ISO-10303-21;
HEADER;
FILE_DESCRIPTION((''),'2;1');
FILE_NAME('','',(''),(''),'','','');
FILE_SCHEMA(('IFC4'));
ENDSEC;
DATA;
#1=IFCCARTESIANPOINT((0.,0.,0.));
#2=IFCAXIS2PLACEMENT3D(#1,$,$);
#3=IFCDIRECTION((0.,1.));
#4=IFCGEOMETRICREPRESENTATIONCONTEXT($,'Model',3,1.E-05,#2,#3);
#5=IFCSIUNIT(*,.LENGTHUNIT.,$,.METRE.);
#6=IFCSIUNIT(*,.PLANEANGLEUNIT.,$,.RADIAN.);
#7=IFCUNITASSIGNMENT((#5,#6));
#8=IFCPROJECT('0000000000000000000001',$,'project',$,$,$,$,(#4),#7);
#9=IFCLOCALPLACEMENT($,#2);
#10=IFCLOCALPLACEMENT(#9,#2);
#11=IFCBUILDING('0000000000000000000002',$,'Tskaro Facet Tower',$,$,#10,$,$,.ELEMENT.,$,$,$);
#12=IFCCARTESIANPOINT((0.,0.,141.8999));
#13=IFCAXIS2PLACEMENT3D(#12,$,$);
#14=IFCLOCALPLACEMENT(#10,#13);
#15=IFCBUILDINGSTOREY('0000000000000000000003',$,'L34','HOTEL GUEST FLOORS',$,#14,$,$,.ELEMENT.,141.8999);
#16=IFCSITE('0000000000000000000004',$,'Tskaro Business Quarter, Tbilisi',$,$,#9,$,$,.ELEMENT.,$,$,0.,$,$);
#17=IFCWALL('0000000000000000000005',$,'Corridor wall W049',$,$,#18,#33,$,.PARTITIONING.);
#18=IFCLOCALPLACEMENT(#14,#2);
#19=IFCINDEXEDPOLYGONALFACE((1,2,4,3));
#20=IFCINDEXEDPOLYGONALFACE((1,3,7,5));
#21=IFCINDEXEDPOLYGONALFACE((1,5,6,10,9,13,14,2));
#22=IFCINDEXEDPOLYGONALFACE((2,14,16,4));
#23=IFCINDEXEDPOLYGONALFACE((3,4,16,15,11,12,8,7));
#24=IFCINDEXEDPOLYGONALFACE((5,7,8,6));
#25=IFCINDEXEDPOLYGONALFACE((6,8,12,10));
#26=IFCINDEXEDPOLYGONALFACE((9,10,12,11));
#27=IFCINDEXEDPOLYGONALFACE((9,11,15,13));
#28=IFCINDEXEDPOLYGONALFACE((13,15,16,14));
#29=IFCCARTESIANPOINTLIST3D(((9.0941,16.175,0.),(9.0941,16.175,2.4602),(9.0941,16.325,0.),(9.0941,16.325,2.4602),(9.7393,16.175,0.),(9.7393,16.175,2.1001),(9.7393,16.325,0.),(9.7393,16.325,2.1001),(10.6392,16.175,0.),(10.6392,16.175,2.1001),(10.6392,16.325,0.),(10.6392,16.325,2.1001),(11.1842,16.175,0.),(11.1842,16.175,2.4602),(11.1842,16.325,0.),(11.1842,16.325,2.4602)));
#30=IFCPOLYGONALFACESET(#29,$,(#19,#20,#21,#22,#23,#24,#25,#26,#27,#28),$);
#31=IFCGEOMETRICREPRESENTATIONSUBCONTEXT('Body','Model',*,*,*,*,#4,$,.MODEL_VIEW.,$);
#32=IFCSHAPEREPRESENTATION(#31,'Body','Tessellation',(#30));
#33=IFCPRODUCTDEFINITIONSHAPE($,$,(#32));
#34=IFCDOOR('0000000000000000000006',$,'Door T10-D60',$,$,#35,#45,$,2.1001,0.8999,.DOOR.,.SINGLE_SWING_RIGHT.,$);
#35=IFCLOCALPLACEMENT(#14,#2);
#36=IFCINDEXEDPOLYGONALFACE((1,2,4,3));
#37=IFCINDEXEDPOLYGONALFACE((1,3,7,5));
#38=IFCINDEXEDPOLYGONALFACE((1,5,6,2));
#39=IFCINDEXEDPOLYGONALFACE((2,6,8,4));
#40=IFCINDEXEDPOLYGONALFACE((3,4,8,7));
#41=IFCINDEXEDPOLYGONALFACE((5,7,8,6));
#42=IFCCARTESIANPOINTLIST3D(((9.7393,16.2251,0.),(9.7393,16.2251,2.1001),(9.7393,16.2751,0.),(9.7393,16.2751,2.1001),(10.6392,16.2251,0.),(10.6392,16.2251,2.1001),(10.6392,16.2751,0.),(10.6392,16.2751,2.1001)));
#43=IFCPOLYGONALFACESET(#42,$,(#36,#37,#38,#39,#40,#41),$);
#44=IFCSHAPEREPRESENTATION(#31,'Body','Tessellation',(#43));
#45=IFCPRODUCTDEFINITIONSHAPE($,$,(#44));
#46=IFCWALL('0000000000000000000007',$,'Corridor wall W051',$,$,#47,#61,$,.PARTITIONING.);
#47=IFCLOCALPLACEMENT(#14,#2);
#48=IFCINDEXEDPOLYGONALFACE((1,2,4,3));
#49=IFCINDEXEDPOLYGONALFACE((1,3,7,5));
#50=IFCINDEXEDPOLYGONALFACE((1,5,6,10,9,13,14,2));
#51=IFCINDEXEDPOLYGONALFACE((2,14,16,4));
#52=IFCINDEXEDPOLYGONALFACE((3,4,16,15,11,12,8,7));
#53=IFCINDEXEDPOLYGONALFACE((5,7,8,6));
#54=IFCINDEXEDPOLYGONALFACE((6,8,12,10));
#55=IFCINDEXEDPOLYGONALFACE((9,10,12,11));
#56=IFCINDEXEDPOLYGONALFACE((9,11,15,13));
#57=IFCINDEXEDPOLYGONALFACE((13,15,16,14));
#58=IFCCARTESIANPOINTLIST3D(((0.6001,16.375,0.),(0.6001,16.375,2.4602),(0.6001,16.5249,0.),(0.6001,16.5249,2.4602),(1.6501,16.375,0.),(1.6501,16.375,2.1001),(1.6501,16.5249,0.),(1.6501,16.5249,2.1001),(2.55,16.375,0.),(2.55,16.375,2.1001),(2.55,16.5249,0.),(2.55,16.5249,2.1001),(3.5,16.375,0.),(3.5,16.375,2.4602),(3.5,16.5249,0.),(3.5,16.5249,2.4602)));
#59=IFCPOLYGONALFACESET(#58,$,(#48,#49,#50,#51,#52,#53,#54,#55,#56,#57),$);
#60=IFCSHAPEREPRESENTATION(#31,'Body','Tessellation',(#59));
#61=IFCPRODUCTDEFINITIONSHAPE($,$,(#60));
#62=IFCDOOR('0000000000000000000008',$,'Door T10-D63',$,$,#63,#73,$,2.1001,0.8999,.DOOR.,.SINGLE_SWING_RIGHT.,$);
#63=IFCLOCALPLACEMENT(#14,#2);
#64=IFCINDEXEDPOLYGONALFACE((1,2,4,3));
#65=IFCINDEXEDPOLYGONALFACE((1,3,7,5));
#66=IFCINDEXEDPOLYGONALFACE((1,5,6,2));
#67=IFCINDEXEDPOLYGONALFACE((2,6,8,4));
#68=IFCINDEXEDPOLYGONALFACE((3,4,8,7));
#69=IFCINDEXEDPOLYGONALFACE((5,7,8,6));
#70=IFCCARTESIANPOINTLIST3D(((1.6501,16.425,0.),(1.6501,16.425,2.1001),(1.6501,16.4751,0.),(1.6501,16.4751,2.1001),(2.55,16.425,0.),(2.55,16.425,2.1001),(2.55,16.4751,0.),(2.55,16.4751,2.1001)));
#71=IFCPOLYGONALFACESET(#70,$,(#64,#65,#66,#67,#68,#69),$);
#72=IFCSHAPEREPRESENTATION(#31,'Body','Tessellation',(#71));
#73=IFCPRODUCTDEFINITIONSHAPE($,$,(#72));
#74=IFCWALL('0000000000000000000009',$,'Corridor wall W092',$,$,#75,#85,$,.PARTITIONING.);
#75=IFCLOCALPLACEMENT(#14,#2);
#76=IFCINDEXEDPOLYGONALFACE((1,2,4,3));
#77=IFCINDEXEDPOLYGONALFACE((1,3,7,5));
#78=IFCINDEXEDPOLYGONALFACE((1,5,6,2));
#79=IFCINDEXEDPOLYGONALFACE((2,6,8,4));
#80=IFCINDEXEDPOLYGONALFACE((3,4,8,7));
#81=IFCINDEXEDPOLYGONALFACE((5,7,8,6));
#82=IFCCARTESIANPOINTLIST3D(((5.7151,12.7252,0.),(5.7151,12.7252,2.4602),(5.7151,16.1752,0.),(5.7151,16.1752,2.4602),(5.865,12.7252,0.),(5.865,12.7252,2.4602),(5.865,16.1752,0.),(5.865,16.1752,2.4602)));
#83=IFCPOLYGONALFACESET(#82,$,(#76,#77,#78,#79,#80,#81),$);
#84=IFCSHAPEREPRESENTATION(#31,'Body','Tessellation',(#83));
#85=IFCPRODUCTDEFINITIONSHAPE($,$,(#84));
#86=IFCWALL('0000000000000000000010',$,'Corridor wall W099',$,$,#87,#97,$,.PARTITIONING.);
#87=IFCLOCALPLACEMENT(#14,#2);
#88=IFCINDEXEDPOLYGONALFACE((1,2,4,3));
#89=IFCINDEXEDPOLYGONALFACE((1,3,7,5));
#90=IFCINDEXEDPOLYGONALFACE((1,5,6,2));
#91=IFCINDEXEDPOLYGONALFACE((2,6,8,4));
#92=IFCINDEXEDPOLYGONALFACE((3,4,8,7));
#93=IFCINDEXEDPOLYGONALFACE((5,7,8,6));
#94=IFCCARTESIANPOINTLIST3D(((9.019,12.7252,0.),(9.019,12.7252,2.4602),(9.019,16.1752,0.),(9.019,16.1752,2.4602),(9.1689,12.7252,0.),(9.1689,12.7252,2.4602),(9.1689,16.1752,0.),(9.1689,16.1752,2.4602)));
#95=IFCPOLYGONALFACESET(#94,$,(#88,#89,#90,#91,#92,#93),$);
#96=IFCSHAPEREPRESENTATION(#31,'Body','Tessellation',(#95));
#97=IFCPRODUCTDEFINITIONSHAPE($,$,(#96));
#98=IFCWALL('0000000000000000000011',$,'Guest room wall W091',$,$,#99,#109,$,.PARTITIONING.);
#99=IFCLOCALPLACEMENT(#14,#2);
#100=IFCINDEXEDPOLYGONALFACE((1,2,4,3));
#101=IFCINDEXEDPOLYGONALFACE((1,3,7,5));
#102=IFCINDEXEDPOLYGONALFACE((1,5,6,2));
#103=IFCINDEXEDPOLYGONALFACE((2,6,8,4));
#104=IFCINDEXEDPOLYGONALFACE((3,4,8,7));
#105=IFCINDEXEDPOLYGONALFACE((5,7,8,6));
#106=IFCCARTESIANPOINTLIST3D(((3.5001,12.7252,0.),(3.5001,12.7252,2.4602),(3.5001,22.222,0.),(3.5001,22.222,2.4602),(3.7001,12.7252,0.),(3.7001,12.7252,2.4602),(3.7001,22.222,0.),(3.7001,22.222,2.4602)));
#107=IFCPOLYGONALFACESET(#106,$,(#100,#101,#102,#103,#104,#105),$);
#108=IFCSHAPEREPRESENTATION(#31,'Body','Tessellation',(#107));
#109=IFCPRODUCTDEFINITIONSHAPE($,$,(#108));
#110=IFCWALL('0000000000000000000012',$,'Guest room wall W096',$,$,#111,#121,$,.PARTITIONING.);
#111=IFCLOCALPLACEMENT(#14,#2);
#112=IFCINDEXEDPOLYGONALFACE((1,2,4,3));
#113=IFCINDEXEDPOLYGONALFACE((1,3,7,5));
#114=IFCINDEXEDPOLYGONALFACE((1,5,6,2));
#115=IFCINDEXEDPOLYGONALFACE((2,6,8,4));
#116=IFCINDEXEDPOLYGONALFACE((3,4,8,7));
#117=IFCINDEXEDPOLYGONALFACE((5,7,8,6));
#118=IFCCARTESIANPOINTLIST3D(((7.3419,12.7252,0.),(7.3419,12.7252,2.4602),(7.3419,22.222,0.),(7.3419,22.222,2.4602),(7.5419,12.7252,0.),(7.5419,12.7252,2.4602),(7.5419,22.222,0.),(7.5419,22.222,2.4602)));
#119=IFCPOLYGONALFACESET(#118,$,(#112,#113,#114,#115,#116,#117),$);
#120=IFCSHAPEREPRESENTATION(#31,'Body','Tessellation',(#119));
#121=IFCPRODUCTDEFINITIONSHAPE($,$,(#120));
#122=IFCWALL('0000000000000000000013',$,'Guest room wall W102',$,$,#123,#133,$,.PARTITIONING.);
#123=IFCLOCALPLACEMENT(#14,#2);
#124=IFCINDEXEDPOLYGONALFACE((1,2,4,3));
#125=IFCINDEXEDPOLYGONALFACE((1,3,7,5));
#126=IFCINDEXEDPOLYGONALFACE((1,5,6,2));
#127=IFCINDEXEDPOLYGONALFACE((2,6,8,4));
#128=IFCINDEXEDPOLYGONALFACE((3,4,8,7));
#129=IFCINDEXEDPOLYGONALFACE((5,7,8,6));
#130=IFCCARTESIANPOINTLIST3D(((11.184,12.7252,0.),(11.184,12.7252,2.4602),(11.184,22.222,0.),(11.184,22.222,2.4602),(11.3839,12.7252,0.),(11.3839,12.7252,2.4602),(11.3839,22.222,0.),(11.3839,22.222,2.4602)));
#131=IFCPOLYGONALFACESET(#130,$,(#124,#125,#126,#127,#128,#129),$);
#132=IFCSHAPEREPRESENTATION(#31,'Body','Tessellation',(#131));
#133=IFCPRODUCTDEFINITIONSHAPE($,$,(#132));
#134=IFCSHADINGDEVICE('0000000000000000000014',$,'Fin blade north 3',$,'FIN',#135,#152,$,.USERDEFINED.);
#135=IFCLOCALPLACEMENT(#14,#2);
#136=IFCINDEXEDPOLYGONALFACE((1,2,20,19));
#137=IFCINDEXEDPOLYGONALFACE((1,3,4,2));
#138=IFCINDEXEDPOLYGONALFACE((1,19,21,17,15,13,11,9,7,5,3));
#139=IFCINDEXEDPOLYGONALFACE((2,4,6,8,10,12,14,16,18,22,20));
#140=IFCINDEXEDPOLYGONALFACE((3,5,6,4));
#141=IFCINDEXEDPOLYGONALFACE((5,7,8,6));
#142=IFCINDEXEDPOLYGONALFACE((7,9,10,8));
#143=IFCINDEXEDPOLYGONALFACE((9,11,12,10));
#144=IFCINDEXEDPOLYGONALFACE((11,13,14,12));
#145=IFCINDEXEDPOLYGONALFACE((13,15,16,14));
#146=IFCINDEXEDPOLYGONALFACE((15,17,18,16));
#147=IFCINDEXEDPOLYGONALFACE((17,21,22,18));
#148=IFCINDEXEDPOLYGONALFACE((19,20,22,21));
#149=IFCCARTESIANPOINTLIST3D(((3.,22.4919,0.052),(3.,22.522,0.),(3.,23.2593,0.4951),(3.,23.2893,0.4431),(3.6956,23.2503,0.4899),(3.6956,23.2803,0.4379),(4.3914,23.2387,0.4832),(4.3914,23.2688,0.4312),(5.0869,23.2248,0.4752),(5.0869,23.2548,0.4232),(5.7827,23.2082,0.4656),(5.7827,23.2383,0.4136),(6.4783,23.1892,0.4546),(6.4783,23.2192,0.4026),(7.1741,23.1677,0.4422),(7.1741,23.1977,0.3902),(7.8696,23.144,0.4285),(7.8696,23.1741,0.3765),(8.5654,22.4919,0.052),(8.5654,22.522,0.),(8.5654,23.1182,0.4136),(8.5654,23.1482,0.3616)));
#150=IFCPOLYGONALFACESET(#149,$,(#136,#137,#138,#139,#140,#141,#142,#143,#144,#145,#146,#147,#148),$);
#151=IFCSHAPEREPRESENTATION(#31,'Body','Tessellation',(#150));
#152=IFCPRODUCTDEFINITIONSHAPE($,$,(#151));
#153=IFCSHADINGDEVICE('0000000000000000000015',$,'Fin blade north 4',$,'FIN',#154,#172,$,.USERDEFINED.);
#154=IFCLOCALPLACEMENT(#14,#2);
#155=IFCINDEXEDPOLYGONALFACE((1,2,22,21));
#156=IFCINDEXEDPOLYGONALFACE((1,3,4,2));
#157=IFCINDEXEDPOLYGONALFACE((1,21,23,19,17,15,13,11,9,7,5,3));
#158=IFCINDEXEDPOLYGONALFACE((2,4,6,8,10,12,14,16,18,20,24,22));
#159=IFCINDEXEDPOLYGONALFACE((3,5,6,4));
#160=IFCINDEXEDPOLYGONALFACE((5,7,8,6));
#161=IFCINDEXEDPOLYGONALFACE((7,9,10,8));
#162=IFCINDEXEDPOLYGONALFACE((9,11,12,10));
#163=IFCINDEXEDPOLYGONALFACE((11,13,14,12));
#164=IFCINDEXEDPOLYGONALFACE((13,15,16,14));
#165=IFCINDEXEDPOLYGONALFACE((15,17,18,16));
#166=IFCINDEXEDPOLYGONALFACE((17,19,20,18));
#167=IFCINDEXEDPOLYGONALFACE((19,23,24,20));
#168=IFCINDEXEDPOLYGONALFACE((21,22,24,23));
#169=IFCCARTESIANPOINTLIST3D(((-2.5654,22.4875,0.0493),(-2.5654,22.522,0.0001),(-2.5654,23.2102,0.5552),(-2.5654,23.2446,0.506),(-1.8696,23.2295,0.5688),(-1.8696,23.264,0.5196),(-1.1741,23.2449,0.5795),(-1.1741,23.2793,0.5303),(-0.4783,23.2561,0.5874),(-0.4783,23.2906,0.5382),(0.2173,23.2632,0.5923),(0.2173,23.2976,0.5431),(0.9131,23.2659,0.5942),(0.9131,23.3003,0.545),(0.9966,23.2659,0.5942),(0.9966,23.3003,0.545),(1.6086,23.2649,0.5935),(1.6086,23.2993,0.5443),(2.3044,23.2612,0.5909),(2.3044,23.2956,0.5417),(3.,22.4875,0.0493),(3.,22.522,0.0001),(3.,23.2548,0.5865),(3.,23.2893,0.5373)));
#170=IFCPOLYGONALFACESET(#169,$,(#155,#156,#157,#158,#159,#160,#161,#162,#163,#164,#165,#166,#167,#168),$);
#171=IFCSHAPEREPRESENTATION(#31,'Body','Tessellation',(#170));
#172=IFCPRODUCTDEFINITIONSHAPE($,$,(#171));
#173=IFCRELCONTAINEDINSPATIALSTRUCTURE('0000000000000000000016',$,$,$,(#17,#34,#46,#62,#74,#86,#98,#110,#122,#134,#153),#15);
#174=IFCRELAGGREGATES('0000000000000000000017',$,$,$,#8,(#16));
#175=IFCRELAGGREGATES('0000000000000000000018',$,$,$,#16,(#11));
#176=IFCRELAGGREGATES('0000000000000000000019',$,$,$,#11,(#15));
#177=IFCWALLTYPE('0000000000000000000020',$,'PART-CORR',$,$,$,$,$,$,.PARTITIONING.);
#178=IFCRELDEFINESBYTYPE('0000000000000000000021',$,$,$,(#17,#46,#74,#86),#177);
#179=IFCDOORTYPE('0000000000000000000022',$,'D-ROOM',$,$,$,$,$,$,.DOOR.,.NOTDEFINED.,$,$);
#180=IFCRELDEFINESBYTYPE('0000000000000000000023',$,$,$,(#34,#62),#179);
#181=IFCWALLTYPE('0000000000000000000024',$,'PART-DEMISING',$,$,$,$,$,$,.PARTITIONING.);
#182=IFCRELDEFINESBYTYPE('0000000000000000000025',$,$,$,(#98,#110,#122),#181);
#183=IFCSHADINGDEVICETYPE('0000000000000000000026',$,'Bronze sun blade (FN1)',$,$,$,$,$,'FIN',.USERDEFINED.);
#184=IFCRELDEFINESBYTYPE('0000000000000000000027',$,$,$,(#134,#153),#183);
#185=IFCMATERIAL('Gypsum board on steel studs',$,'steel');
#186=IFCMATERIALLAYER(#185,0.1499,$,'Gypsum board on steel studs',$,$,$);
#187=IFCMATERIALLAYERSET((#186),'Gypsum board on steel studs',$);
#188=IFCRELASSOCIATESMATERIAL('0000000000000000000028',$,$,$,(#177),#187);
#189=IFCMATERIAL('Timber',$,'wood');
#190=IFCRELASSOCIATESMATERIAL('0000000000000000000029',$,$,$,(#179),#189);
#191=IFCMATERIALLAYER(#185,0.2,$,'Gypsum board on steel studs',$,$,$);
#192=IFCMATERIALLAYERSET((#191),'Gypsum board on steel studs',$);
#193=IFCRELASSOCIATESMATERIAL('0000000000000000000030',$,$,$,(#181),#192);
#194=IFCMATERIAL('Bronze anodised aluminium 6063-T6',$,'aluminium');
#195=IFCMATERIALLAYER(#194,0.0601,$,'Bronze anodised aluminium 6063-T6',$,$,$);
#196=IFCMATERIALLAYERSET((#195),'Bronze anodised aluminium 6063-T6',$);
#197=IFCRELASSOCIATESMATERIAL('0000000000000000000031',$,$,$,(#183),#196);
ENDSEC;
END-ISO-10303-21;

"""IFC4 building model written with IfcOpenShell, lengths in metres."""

from ifc_helpers import new_model, si_unit, direction, frame, frame_2d, origin, place, context, subcontext, project, spatial, polyline, rectangle, outline, extrude, material, layer, layer_set, type_object, element, fill, save


model = new_model("IFC4")

# Units and contexts
model_context = context("Model", 3, precision=1e-05, world=origin(), true_north=direction((0.0, 1.0)))
body_context = subcontext(model_context, "Body", "Model", "MODEL_VIEW")
ifc_project = project(units=[si_unit("LENGTHUNIT", "METRE"), si_unit("PLANEANGLEUNIT", "RADIAN")], contexts=[model_context])

# Site, building, storey
site_placement = place(None, origin())
site = spatial("IfcSite", under=ifc_project, at=site_placement, Name="Tskaro Business Quarter, Tbilisi", CompositionType="ELEMENT", RefElevation=0.0)
building_placement = place(site_placement, origin())
building = spatial("IfcBuilding", under=site, at=building_placement, Name="Tskaro Facet Tower", CompositionType="ELEMENT")
storey_placement = place(building_placement, frame((0.0, 0.0, 141.8999)))
storey = spatial("IfcBuildingStorey", under=building, at=storey_placement, Name="L34", Description="HOTEL GUEST FLOORS", CompositionType="ELEMENT", Elevation=141.8999)

# Shared definitions
ifc_material_1 = material(Name="Bronze anodised aluminium 6063-T6", Category="aluminium")

# Walls, openings, doors
ifc_material_2 = material(Name="Gypsum board on steel studs", Category="steel")
ifc_layer_1 = layer(ifc_material_2, 0.1499, Name="Gypsum board on steel studs")
ifc_layer_set_1 = layer_set([ifc_layer_1], Name="Gypsum board on steel studs")
wall_type_1 = type_object("IfcWallType", Name="PART-CORR", PredefinedType="PARTITIONING", material=ifc_layer_set_1)
ifc_material_3 = material(Name="Timber", Category="wood")
door_type = type_object("IfcDoorType", Name="D-ROOM", OperationType="NOTDEFINED", PredefinedType="DOOR", material=ifc_material_3)
wall_1_placement = place(storey_placement, frame((11.1841, 16.25, 0.0), z_axis=(0.0, 0.0, 1.0), x_axis=(-1.0, 0.0, 0.0)))
wall_1 = element("IfcWall", 1, at=wall_1_placement, inside=storey, type_object=wall_type_1, Name="Corridor wall W049", PredefinedType="PARTITIONING", context=body_context, shape_type="SweptSolid", body=[
    extrude(rectangle(XDim=2.0901, YDim=0.1499, at=frame_2d((1.0449, 0.0))), origin(), (0.0, 0.0, 1.0), 2.4602),
])
opening_1_placement = place(wall_1_placement, frame((0.5449, 0.0, 0.0)))
opening_1 = element("IfcOpeningElement", 2, at=opening_1_placement, cuts=wall_1, PredefinedType="OPENING", context=body_context, shape_type="SweptSolid", body=[
    extrude(rectangle(XDim=0.8999, YDim=2.1001, at=frame_2d((0.45, 1.05))), frame((0.0, 0.085, 0.0), z_axis=(0.0, -1.0, 0.0), x_axis=(1.0, 0.0, 0.0)), (0.0, 0.0, 1.0), 0.1699),
])
door_1_placement = place(opening_1_placement, origin())
door_1 = element("IfcDoor", 3, at=door_1_placement, inside=storey, type_object=door_type, Name="Door T10-D60", OperationType="SINGLE_SWING_RIGHT", OverallHeight=2.1001, OverallWidth=0.8999, PredefinedType="DOOR", context=body_context, shape_type="SweptSolid", body=[
    extrude(rectangle(XDim=0.8999, YDim=2.1001, at=frame_2d((0.45, 1.05))), frame((0.0, 0.0249, 0.0), z_axis=(0.0, -1.0, 0.0), x_axis=(1.0, 0.0, 0.0)), (0.0, 0.0, 1.0), 0.05),
])
fill(opening_1, door_1)
wall_2_placement = place(storey_placement, frame((3.5, 16.45, 0.0), z_axis=(0.0, 0.0, 1.0), x_axis=(-1.0, 0.0, 0.0)))
wall_2 = element("IfcWall", 4, at=wall_2_placement, inside=storey, type_object=wall_type_1, Name="Corridor wall W051", PredefinedType="PARTITIONING", context=body_context, shape_type="SweptSolid", body=[
    extrude(rectangle(XDim=2.8999, YDim=0.1499, at=frame_2d((1.45, 0.0))), origin(), (0.0, 0.0, 1.0), 2.4602),
])
opening_2_placement = place(wall_2_placement, frame((0.95, 0.0, 0.0)))
opening_2 = element("IfcOpeningElement", 5, at=opening_2_placement, cuts=wall_2, PredefinedType="OPENING", context=body_context, shape_type="SweptSolid", body=[
    extrude(rectangle(XDim=0.8999, YDim=2.1001, at=frame_2d((0.45, 1.05))), frame((0.0, 0.085, 0.0), z_axis=(0.0, -1.0, 0.0), x_axis=(1.0, 0.0, 0.0)), (0.0, 0.0, 1.0), 0.1699),
])
door_2_placement = place(opening_2_placement, origin())
door_2 = element("IfcDoor", 6, at=door_2_placement, inside=storey, type_object=door_type, Name="Door T10-D63", OperationType="SINGLE_SWING_RIGHT", OverallHeight=2.1001, OverallWidth=0.8999, PredefinedType="DOOR", context=body_context, shape_type="SweptSolid", body=[
    extrude(rectangle(XDim=0.8999, YDim=2.1001, at=frame_2d((0.45, 1.05))), frame((0.0, 0.0249, 0.0), z_axis=(0.0, -1.0, 0.0), x_axis=(1.0, 0.0, 0.0)), (0.0, 0.0, 1.0), 0.05),
])
fill(opening_2, door_2)

# Walls
for number, where, z_axis, x_axis, name in (
    (7, (5.79, 12.7251, 0.0), (0.0, 0.0, 1.0), (0.0, 1.0, 0.0), "Corridor wall W092"),
    (8, (9.094, 12.7251, 0.0), (0.0, 0.0, 1.0), (0.0, 1.0, 0.0), "Corridor wall W099"),
):
    element("IfcWall", number, at=place(storey_placement, frame(where, z_axis=z_axis, x_axis=x_axis)), inside=storey, type_object=wall_type_1, Name=name, PredefinedType="PARTITIONING", context=body_context, shape_type="SweptSolid", body=[
        extrude(rectangle(XDim=3.45, YDim=0.1499, at=frame_2d((1.7251, 0.0))), origin(), (0.0, 0.0, 1.0), 2.4602),
    ])
ifc_layer_2 = layer(ifc_material_2, 0.2, Name="Gypsum board on steel studs")
ifc_layer_set_2 = layer_set([ifc_layer_2], Name="Gypsum board on steel studs")
wall_type_2 = type_object("IfcWallType", Name="PART-DEMISING", PredefinedType="PARTITIONING", material=ifc_layer_set_2)
for number, where, z_axis, x_axis, name in (
    (9, (3.6001, 12.7251, 0.0), (0.0, 0.0, 1.0), (0.0, 1.0, 0.0), "Guest room wall W091"),
    (10, (7.4419, 12.7251, 0.0), (0.0, 0.0, 1.0), (0.0, 1.0, 0.0), "Guest room wall W096"),
    (11, (11.2839, 12.7251, 0.0), (0.0, 0.0, 1.0), (0.0, 1.0, 0.0), "Guest room wall W102"),
):
    element("IfcWall", number, at=place(storey_placement, frame(where, z_axis=z_axis, x_axis=x_axis)), inside=storey, type_object=wall_type_2, Name=name, PredefinedType="PARTITIONING", context=body_context, shape_type="SweptSolid", body=[
        extrude(rectangle(XDim=9.4968, YDim=0.2, at=frame_2d((4.7485, 0.0))), origin(), (0.0, 0.0, 1.0), 2.4602),
    ])

# Shading devices
ifc_layer_3 = layer(ifc_material_1, 0.0601, Name="Bronze anodised aluminium 6063-T6")
ifc_layer_set_3 = layer_set([ifc_layer_3], Name="Bronze anodised aluminium 6063-T6")
shading_device_type = type_object("IfcShadingDeviceType", Name="Bronze sun blade (FN1)", ElementType="FIN", PredefinedType="USERDEFINED", material=ifc_layer_set_3)
shading_device_1_placement = place(storey_placement, frame((8.5654, 22.4919, 0.052), z_axis=(0.000006, -0.500017, 0.866016), x_axis=(-1.0, -0.000003, 0.000005)))
element("IfcShadingDevice", 12, at=shading_device_1_placement, inside=storey, type_object=shading_device_type, Name="Fin blade north 3", ObjectType="FIN", PredefinedType="USERDEFINED", context=body_context, shape_type="SweptSolid", body=[
    extrude(outline(polyline([(0.0, 0.0), (5.5654, 0.0), (5.5654, -0.8861), (4.8699, -0.8757), (4.1741, -0.8623), (3.4785, -0.8463), (2.7827, -0.8271), (2.0872, -0.8051), (1.3914, -0.7803), (0.6958, -0.753), (0.0, -0.7231), (0.0, 0.0)])), origin(), (0.0, 0.0, -1.0), 0.0601),
])
shading_device_2_placement = place(storey_placement, frame((3.0, 22.4875, 0.0493), z_axis=(0.000003, -0.573508, 0.8192), x_axis=(-1.0, -0.000002, 0.000002)))
element("IfcShadingDevice", 13, at=shading_device_2_placement, inside=storey, type_object=shading_device_type, Name="Fin blade north 4", ObjectType="FIN", PredefinedType="USERDEFINED", context=body_context, shape_type="SweptSolid", body=[
    extrude(outline(polyline([(0.0, 0.0), (5.5654, 0.0), (5.5654, -0.8821), (4.8696, -0.9058), (4.1741, -0.9245), (3.4783, -0.9382), (2.7827, -0.9468), (2.0869, -0.9501), (2.0034, -0.9501), (1.3914, -0.9489), (0.6956, -0.9444), (0.0, -0.9366), (0.0, 0.0)])), origin(), (0.0, 0.0, -1.0), 0.0601),
])

save(model, "model.ifc")
